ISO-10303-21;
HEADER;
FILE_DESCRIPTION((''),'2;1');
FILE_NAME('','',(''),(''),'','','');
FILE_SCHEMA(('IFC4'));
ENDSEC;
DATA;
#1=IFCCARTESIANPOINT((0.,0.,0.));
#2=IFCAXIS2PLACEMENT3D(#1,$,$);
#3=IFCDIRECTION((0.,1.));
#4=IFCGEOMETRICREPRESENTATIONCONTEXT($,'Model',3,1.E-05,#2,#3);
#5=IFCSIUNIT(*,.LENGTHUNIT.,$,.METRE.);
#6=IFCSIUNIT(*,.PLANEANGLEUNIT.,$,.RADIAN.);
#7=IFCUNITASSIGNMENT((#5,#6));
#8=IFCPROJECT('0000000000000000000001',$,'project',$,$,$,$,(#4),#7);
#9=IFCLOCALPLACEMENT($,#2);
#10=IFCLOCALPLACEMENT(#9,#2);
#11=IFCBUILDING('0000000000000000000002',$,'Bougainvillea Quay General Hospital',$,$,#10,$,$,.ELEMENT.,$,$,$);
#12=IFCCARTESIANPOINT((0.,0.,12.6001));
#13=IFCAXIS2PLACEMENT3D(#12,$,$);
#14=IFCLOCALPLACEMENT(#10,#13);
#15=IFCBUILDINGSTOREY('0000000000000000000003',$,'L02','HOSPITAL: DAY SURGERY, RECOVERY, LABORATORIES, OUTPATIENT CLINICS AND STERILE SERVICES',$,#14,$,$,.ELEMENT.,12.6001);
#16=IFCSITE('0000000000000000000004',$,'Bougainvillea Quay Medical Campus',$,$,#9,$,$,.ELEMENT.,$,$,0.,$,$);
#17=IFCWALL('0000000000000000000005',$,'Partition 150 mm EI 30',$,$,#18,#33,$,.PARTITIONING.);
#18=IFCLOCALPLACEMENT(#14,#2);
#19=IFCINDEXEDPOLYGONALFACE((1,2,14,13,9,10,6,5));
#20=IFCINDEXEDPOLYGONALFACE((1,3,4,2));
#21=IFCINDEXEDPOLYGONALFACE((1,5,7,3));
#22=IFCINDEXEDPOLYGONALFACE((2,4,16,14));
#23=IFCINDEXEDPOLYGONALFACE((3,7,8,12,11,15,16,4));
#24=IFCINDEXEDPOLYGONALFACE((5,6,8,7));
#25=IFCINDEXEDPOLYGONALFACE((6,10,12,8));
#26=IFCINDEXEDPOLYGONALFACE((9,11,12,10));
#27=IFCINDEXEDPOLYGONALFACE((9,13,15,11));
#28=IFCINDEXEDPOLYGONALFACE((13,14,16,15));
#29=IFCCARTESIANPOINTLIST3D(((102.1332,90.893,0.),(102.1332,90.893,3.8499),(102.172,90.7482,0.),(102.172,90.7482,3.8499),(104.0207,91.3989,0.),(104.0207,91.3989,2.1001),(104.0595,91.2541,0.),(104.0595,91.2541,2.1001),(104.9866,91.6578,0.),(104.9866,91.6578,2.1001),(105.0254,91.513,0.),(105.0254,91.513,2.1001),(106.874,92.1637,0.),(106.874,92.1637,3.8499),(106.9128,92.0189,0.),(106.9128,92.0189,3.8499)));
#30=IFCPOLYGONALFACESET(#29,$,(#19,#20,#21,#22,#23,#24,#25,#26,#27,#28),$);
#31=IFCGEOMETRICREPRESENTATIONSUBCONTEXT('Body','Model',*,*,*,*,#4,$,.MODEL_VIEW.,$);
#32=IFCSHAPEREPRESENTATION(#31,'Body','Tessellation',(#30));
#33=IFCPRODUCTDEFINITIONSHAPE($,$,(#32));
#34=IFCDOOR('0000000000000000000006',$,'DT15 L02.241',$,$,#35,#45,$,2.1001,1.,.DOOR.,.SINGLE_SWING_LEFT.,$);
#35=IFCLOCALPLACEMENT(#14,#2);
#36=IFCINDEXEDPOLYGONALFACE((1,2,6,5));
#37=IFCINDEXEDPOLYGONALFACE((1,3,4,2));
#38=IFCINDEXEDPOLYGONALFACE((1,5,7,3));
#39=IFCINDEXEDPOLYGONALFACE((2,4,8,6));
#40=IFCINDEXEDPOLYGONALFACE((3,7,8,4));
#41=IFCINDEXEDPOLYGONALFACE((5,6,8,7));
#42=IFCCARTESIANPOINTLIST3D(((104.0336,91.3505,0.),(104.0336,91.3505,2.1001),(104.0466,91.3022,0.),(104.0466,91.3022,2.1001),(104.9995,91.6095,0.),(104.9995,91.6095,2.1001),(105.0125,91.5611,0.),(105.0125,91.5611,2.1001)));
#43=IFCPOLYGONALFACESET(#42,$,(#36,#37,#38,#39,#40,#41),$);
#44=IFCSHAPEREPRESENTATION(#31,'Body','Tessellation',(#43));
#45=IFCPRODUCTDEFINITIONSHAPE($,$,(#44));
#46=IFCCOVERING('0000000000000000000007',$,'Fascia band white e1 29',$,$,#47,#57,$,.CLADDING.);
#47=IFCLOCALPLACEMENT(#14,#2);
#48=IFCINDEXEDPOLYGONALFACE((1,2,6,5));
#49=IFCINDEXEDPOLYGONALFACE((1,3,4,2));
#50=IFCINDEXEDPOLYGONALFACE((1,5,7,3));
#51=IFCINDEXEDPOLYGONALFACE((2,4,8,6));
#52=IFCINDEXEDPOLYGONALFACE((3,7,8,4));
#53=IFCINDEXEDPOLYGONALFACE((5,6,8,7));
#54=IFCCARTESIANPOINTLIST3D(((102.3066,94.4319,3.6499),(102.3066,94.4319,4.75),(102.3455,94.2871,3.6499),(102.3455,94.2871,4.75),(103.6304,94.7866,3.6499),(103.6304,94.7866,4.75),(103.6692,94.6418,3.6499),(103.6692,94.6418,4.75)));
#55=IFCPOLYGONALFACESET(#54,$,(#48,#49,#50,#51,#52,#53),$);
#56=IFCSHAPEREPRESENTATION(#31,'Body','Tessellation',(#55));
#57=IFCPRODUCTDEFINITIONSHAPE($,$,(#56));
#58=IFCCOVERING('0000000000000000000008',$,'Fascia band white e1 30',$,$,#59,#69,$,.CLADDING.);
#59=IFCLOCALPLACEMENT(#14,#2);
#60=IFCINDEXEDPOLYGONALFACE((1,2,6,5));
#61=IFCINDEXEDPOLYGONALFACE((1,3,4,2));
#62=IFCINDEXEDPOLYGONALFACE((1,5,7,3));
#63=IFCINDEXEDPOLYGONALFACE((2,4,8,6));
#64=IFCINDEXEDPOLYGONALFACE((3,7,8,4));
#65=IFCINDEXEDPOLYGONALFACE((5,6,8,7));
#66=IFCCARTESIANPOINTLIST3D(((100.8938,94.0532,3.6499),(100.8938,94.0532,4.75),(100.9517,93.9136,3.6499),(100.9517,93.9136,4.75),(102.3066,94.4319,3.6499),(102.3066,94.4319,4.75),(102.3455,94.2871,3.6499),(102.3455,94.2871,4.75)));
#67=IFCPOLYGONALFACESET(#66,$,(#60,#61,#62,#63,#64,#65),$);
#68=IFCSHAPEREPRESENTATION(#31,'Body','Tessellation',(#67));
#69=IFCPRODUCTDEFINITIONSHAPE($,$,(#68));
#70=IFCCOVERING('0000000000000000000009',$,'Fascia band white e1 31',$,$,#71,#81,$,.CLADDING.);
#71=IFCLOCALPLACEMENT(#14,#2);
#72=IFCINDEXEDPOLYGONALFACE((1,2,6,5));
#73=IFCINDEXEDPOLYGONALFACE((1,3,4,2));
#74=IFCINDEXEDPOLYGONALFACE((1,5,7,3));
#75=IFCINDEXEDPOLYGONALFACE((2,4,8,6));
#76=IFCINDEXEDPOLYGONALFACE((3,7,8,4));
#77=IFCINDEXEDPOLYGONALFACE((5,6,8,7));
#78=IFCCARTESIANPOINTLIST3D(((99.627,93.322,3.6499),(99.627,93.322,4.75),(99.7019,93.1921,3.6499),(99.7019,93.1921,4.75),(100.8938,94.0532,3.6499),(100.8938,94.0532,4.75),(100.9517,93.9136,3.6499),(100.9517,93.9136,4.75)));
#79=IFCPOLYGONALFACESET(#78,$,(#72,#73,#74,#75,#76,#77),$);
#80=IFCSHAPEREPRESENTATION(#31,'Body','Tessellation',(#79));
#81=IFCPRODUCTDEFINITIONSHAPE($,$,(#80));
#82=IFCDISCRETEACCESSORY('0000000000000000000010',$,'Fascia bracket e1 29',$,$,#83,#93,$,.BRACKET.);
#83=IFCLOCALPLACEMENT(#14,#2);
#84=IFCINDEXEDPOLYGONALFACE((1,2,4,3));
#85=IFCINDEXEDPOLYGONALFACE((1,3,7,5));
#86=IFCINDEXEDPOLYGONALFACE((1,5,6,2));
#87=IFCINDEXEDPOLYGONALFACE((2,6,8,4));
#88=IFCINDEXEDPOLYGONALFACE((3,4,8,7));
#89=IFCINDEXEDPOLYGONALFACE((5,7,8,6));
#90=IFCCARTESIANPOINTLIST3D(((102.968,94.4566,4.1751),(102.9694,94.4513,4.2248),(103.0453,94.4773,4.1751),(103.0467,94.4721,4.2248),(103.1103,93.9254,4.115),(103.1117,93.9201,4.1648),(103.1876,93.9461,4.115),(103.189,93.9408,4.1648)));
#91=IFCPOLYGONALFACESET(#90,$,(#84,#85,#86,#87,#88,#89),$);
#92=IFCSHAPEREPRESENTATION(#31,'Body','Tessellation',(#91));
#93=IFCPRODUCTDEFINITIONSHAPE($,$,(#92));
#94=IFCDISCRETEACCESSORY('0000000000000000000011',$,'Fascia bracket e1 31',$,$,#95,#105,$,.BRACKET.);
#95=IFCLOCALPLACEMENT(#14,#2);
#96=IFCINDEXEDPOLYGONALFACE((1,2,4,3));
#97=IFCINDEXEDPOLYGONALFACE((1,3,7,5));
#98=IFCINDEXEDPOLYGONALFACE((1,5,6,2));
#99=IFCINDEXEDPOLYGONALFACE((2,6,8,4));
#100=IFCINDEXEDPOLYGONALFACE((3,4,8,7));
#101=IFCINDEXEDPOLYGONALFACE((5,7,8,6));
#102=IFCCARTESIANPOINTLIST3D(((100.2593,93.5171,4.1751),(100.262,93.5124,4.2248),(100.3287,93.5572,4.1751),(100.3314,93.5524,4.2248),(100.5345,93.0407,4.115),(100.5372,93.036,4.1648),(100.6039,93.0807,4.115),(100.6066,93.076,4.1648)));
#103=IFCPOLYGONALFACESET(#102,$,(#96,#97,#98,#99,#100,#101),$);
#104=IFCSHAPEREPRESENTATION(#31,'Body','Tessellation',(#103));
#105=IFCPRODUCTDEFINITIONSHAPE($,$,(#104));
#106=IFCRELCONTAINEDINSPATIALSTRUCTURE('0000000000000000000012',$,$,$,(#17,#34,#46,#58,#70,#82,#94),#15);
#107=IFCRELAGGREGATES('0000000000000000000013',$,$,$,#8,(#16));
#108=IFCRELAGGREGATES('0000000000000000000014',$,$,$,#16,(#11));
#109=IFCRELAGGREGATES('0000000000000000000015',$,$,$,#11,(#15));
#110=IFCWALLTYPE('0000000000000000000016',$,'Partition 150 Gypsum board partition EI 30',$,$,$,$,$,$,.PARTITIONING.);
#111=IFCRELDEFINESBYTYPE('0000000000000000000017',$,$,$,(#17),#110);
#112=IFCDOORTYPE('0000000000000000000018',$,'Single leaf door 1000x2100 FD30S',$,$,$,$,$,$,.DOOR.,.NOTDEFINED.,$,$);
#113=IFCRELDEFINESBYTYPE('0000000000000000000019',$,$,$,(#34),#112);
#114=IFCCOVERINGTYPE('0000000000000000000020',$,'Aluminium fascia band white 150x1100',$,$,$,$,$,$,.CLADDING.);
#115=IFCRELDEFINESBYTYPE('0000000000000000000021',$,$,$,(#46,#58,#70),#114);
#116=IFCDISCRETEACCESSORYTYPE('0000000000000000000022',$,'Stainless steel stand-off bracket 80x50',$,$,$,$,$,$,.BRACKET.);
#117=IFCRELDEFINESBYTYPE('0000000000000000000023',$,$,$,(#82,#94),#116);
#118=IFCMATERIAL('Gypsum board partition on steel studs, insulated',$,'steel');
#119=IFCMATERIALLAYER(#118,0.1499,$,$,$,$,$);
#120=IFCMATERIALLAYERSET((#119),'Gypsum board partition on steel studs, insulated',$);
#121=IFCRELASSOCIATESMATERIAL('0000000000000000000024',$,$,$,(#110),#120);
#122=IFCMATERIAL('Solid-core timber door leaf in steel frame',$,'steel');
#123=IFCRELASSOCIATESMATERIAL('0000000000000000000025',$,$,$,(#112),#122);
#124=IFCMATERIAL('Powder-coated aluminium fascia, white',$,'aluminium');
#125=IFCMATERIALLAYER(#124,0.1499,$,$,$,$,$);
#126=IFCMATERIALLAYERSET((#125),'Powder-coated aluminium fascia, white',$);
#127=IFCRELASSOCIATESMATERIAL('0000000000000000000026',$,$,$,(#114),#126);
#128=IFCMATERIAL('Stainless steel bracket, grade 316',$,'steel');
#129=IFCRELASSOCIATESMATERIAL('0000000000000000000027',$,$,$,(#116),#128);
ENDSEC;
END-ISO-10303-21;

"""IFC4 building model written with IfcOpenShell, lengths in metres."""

from ifc_helpers import new_model, si_unit, direction, frame, frame_2d, origin, origin_2d, place, context, subcontext, project, spatial, polyline, rectangle, outline, extrude, material, layer, layer_set, material_profile, profile_set, type_object, element, fill, save


model = new_model("IFC4")

# Units and contexts
model_context = context("Model", 3, precision=1e-05, world=origin(), true_north=direction((0.0, 1.0)))
body_context = subcontext(model_context, "Body", "Model", "MODEL_VIEW")
ifc_project = project(units=[si_unit("LENGTHUNIT", "METRE"), si_unit("PLANEANGLEUNIT", "RADIAN")], contexts=[model_context])

# Site, building, storey
site_placement = place(None, origin())
site = spatial("IfcSite", under=ifc_project, at=site_placement, Name="Bougainvillea Quay Medical Campus", CompositionType="ELEMENT", RefElevation=0.0)
building_placement = place(site_placement, origin())
building = spatial("IfcBuilding", under=site, at=building_placement, Name="Bougainvillea Quay General Hospital", CompositionType="ELEMENT")
storey_placement = place(building_placement, frame((0.0, 0.0, 12.6001)))
storey = spatial("IfcBuildingStorey", under=building, at=storey_placement, Name="L02", Description="HOSPITAL: DAY SURGERY, RECOVERY, LABORATORIES, OUTPATIENT CLINICS AND STERILE SERVICES", CompositionType="ELEMENT", Elevation=12.6001)

# Wall, opening, door
ifc_material_1 = material(Name="Gypsum board partition on steel studs, insulated", Category="steel")
ifc_layer_1 = layer(ifc_material_1, 0.1499)
ifc_layer_set_1 = layer_set([ifc_layer_1], Name="Gypsum board partition on steel studs, insulated")
wall_type_1 = type_object("IfcWallType", Name="Partition 150 Gypsum board partition EI 30", PredefinedType="PARTITIONING", material=ifc_layer_set_1)
wall_1_placement = place(storey_placement, frame((102.1526, 90.8206, 0.0), z_axis=(0.0, 0.0, 1.0), x_axis=(0.965901, 0.25891, 0.0)))
wall_1 = element("IfcWall", 1, at=wall_1_placement, inside=storey, type_object=wall_type_1, Name="Partition 150 mm EI 30", PredefinedType="PARTITIONING", context=body_context, shape_type="SweptSolid", body=[
    extrude(rectangle(XDim=4.9082, YDim=0.1499, at=frame_2d((2.4541, 0.0))), origin(), (0.0, 0.0, 1.0), 3.8499),
])
opening_placement = place(wall_1_placement, frame((1.9541, 0.0, 0.0)))
opening = element("IfcOpeningElement", 2, at=opening_placement, cuts=wall_1, PredefinedType="OPENING", context=body_context, shape_type="SweptSolid", body=[
    extrude(rectangle(XDim=1.0, YDim=2.1001, at=frame_2d((0.5, 1.05))), frame((0.0, 0.085, 0.0), z_axis=(0.0, -1.0, 0.0), x_axis=(1.0, 0.0, 0.0)), (0.0, 0.0, 1.0), 0.1699),
])
ifc_material_2 = material(Name="Solid-core timber door leaf in steel frame", Category="steel")
door_type = type_object("IfcDoorType", Name="Single leaf door 1000x2100 FD30S", OperationType="NOTDEFINED", PredefinedType="DOOR", material=ifc_material_2)
door_placement = place(opening_placement, origin())
door = element("IfcDoor", 3, at=door_placement, inside=storey, type_object=door_type, Name="DT15 L02.241", OperationType="SINGLE_SWING_LEFT", OverallHeight=2.1001, OverallWidth=1.0, PredefinedType="DOOR", context=body_context, shape_type="SweptSolid", body=[
    extrude(rectangle(XDim=1.0, YDim=2.1001, at=frame_2d((0.5, 1.05))), frame((0.0, 0.0249, 0.0), z_axis=(0.0, -1.0, 0.0), x_axis=(1.0, 0.0, 0.0)), (0.0, 0.0, 1.0), 0.05),
])
fill(opening, door)

# Coverings
ifc_material_3 = material(Name="Powder-coated aluminium fascia, white", Category="aluminium")
ifc_layer_2 = layer(ifc_material_3, 0.1499)
ifc_layer_set_2 = layer_set([ifc_layer_2], Name="Powder-coated aluminium fascia, white")
covering_type = type_object("IfcCoveringType", Name="Aluminium fascia band white 150x1100", PredefinedType="CLADDING", material=ifc_layer_set_2)
covering_1_placement = place(storey_placement, frame((103.6692, 94.6418, 3.6499), z_axis=(0.0, 0.0, 1.0), x_axis=(-0.965918, -0.258849, 0.0)))
element("IfcCovering", 4, at=covering_1_placement, inside=storey, type_object=covering_type, Name="Fascia band white e1 29", PredefinedType="CLADDING", context=body_context, shape_type="SweptSolid", body=[
    extrude(outline(polyline([(0.0, 0.0), (1.3704, 0.0), (1.3705, -0.1499), (0.0, -0.1499), (0.0, 0.0)])), origin(), (0.0, 0.0, 1.0), 1.1001),
])
covering_2_placement = place(storey_placement, frame((102.3455, 94.2871, 3.6499), z_axis=(0.0, 0.0, 1.0), x_axis=(-0.965914, -0.258863, 0.0)))
element("IfcCovering", 5, at=covering_2_placement, inside=storey, type_object=covering_type, Name="Fascia band white e1 30", PredefinedType="CLADDING", context=body_context, shape_type="SweptSolid", body=[
    extrude(outline(polyline([(0.0, 0.0), (1.443, 0.0), (1.4627, -0.1499), (0.0, -0.1499), (0.0, 0.0)])), origin(), (0.0, 0.0, 1.0), 1.1001),
])
covering_3_placement = place(storey_placement, frame((100.9517, 93.9136, 3.6499), z_axis=(0.0, 0.0, 1.0), x_axis=(-0.866059, -0.499942, 0.0)))
element("IfcCovering", 6, at=covering_3_placement, inside=storey, type_object=covering_type, Name="Fascia band white e1 31", PredefinedType="CLADDING", context=body_context, shape_type="SweptSolid", body=[
    extrude(outline(polyline([(0.0, 0.0), (1.443, 0.0), (1.443, -0.15), (-0.0197, -0.1499), (0.0, 0.0)])), origin(), (0.0, 0.0, 1.0), 1.1001),
])

# Discrete accessories
ifc_material_4 = material(Name="Stainless steel bracket, grade 316", Category="steel")
ifc_material_profile_1 = material_profile(ifc_material_4, rectangle(XDim=0.0801, YDim=0.05, at=origin_2d()))
ifc_profile_set_1 = profile_set([ifc_material_profile_1], Name="Stainless steel bracket, grade 316")
discrete_accessory_type = type_object("IfcDiscreteAccessoryType", Name="Stainless steel stand-off bracket 80x50", PredefinedType="BRACKET", material=ifc_profile_set_1)
discrete_accessory_1_placement = place(storey_placement, frame((103.1497, 93.9331, 4.1399), z_axis=(-0.257266, 0.960224, 0.108555), x_axis=(-0.965932, -0.258795, 0.0)))
element("IfcDiscreteAccessory", 7, at=discrete_accessory_1_placement, inside=storey, type_object=discrete_accessory_type, Name="Fascia bracket e1 29", PredefinedType="BRACKET", context=body_context, shape_type="SweptSolid", body=[
    extrude(rectangle(XDim=0.0801, YDim=0.05, at=origin_2d()), origin(), (0.0, 0.0, 1.0), 0.5532),
])
discrete_accessory_2_placement = place(storey_placement, frame((100.5706, 93.0583, 4.1399), z_axis=(-0.497241, 0.860797, 0.108537), x_axis=(-0.865912, -0.500196, 0.0)))
element("IfcDiscreteAccessory", 8, at=discrete_accessory_2_placement, inside=storey, type_object=discrete_accessory_type, Name="Fascia bracket e1 31", PredefinedType="BRACKET", context=body_context, shape_type="SweptSolid", body=[
    extrude(rectangle(XDim=0.0801, YDim=0.05, at=origin_2d()), origin(), (0.0, 0.0, 1.0), 0.5535),
])

save(model, "model.ifc")
